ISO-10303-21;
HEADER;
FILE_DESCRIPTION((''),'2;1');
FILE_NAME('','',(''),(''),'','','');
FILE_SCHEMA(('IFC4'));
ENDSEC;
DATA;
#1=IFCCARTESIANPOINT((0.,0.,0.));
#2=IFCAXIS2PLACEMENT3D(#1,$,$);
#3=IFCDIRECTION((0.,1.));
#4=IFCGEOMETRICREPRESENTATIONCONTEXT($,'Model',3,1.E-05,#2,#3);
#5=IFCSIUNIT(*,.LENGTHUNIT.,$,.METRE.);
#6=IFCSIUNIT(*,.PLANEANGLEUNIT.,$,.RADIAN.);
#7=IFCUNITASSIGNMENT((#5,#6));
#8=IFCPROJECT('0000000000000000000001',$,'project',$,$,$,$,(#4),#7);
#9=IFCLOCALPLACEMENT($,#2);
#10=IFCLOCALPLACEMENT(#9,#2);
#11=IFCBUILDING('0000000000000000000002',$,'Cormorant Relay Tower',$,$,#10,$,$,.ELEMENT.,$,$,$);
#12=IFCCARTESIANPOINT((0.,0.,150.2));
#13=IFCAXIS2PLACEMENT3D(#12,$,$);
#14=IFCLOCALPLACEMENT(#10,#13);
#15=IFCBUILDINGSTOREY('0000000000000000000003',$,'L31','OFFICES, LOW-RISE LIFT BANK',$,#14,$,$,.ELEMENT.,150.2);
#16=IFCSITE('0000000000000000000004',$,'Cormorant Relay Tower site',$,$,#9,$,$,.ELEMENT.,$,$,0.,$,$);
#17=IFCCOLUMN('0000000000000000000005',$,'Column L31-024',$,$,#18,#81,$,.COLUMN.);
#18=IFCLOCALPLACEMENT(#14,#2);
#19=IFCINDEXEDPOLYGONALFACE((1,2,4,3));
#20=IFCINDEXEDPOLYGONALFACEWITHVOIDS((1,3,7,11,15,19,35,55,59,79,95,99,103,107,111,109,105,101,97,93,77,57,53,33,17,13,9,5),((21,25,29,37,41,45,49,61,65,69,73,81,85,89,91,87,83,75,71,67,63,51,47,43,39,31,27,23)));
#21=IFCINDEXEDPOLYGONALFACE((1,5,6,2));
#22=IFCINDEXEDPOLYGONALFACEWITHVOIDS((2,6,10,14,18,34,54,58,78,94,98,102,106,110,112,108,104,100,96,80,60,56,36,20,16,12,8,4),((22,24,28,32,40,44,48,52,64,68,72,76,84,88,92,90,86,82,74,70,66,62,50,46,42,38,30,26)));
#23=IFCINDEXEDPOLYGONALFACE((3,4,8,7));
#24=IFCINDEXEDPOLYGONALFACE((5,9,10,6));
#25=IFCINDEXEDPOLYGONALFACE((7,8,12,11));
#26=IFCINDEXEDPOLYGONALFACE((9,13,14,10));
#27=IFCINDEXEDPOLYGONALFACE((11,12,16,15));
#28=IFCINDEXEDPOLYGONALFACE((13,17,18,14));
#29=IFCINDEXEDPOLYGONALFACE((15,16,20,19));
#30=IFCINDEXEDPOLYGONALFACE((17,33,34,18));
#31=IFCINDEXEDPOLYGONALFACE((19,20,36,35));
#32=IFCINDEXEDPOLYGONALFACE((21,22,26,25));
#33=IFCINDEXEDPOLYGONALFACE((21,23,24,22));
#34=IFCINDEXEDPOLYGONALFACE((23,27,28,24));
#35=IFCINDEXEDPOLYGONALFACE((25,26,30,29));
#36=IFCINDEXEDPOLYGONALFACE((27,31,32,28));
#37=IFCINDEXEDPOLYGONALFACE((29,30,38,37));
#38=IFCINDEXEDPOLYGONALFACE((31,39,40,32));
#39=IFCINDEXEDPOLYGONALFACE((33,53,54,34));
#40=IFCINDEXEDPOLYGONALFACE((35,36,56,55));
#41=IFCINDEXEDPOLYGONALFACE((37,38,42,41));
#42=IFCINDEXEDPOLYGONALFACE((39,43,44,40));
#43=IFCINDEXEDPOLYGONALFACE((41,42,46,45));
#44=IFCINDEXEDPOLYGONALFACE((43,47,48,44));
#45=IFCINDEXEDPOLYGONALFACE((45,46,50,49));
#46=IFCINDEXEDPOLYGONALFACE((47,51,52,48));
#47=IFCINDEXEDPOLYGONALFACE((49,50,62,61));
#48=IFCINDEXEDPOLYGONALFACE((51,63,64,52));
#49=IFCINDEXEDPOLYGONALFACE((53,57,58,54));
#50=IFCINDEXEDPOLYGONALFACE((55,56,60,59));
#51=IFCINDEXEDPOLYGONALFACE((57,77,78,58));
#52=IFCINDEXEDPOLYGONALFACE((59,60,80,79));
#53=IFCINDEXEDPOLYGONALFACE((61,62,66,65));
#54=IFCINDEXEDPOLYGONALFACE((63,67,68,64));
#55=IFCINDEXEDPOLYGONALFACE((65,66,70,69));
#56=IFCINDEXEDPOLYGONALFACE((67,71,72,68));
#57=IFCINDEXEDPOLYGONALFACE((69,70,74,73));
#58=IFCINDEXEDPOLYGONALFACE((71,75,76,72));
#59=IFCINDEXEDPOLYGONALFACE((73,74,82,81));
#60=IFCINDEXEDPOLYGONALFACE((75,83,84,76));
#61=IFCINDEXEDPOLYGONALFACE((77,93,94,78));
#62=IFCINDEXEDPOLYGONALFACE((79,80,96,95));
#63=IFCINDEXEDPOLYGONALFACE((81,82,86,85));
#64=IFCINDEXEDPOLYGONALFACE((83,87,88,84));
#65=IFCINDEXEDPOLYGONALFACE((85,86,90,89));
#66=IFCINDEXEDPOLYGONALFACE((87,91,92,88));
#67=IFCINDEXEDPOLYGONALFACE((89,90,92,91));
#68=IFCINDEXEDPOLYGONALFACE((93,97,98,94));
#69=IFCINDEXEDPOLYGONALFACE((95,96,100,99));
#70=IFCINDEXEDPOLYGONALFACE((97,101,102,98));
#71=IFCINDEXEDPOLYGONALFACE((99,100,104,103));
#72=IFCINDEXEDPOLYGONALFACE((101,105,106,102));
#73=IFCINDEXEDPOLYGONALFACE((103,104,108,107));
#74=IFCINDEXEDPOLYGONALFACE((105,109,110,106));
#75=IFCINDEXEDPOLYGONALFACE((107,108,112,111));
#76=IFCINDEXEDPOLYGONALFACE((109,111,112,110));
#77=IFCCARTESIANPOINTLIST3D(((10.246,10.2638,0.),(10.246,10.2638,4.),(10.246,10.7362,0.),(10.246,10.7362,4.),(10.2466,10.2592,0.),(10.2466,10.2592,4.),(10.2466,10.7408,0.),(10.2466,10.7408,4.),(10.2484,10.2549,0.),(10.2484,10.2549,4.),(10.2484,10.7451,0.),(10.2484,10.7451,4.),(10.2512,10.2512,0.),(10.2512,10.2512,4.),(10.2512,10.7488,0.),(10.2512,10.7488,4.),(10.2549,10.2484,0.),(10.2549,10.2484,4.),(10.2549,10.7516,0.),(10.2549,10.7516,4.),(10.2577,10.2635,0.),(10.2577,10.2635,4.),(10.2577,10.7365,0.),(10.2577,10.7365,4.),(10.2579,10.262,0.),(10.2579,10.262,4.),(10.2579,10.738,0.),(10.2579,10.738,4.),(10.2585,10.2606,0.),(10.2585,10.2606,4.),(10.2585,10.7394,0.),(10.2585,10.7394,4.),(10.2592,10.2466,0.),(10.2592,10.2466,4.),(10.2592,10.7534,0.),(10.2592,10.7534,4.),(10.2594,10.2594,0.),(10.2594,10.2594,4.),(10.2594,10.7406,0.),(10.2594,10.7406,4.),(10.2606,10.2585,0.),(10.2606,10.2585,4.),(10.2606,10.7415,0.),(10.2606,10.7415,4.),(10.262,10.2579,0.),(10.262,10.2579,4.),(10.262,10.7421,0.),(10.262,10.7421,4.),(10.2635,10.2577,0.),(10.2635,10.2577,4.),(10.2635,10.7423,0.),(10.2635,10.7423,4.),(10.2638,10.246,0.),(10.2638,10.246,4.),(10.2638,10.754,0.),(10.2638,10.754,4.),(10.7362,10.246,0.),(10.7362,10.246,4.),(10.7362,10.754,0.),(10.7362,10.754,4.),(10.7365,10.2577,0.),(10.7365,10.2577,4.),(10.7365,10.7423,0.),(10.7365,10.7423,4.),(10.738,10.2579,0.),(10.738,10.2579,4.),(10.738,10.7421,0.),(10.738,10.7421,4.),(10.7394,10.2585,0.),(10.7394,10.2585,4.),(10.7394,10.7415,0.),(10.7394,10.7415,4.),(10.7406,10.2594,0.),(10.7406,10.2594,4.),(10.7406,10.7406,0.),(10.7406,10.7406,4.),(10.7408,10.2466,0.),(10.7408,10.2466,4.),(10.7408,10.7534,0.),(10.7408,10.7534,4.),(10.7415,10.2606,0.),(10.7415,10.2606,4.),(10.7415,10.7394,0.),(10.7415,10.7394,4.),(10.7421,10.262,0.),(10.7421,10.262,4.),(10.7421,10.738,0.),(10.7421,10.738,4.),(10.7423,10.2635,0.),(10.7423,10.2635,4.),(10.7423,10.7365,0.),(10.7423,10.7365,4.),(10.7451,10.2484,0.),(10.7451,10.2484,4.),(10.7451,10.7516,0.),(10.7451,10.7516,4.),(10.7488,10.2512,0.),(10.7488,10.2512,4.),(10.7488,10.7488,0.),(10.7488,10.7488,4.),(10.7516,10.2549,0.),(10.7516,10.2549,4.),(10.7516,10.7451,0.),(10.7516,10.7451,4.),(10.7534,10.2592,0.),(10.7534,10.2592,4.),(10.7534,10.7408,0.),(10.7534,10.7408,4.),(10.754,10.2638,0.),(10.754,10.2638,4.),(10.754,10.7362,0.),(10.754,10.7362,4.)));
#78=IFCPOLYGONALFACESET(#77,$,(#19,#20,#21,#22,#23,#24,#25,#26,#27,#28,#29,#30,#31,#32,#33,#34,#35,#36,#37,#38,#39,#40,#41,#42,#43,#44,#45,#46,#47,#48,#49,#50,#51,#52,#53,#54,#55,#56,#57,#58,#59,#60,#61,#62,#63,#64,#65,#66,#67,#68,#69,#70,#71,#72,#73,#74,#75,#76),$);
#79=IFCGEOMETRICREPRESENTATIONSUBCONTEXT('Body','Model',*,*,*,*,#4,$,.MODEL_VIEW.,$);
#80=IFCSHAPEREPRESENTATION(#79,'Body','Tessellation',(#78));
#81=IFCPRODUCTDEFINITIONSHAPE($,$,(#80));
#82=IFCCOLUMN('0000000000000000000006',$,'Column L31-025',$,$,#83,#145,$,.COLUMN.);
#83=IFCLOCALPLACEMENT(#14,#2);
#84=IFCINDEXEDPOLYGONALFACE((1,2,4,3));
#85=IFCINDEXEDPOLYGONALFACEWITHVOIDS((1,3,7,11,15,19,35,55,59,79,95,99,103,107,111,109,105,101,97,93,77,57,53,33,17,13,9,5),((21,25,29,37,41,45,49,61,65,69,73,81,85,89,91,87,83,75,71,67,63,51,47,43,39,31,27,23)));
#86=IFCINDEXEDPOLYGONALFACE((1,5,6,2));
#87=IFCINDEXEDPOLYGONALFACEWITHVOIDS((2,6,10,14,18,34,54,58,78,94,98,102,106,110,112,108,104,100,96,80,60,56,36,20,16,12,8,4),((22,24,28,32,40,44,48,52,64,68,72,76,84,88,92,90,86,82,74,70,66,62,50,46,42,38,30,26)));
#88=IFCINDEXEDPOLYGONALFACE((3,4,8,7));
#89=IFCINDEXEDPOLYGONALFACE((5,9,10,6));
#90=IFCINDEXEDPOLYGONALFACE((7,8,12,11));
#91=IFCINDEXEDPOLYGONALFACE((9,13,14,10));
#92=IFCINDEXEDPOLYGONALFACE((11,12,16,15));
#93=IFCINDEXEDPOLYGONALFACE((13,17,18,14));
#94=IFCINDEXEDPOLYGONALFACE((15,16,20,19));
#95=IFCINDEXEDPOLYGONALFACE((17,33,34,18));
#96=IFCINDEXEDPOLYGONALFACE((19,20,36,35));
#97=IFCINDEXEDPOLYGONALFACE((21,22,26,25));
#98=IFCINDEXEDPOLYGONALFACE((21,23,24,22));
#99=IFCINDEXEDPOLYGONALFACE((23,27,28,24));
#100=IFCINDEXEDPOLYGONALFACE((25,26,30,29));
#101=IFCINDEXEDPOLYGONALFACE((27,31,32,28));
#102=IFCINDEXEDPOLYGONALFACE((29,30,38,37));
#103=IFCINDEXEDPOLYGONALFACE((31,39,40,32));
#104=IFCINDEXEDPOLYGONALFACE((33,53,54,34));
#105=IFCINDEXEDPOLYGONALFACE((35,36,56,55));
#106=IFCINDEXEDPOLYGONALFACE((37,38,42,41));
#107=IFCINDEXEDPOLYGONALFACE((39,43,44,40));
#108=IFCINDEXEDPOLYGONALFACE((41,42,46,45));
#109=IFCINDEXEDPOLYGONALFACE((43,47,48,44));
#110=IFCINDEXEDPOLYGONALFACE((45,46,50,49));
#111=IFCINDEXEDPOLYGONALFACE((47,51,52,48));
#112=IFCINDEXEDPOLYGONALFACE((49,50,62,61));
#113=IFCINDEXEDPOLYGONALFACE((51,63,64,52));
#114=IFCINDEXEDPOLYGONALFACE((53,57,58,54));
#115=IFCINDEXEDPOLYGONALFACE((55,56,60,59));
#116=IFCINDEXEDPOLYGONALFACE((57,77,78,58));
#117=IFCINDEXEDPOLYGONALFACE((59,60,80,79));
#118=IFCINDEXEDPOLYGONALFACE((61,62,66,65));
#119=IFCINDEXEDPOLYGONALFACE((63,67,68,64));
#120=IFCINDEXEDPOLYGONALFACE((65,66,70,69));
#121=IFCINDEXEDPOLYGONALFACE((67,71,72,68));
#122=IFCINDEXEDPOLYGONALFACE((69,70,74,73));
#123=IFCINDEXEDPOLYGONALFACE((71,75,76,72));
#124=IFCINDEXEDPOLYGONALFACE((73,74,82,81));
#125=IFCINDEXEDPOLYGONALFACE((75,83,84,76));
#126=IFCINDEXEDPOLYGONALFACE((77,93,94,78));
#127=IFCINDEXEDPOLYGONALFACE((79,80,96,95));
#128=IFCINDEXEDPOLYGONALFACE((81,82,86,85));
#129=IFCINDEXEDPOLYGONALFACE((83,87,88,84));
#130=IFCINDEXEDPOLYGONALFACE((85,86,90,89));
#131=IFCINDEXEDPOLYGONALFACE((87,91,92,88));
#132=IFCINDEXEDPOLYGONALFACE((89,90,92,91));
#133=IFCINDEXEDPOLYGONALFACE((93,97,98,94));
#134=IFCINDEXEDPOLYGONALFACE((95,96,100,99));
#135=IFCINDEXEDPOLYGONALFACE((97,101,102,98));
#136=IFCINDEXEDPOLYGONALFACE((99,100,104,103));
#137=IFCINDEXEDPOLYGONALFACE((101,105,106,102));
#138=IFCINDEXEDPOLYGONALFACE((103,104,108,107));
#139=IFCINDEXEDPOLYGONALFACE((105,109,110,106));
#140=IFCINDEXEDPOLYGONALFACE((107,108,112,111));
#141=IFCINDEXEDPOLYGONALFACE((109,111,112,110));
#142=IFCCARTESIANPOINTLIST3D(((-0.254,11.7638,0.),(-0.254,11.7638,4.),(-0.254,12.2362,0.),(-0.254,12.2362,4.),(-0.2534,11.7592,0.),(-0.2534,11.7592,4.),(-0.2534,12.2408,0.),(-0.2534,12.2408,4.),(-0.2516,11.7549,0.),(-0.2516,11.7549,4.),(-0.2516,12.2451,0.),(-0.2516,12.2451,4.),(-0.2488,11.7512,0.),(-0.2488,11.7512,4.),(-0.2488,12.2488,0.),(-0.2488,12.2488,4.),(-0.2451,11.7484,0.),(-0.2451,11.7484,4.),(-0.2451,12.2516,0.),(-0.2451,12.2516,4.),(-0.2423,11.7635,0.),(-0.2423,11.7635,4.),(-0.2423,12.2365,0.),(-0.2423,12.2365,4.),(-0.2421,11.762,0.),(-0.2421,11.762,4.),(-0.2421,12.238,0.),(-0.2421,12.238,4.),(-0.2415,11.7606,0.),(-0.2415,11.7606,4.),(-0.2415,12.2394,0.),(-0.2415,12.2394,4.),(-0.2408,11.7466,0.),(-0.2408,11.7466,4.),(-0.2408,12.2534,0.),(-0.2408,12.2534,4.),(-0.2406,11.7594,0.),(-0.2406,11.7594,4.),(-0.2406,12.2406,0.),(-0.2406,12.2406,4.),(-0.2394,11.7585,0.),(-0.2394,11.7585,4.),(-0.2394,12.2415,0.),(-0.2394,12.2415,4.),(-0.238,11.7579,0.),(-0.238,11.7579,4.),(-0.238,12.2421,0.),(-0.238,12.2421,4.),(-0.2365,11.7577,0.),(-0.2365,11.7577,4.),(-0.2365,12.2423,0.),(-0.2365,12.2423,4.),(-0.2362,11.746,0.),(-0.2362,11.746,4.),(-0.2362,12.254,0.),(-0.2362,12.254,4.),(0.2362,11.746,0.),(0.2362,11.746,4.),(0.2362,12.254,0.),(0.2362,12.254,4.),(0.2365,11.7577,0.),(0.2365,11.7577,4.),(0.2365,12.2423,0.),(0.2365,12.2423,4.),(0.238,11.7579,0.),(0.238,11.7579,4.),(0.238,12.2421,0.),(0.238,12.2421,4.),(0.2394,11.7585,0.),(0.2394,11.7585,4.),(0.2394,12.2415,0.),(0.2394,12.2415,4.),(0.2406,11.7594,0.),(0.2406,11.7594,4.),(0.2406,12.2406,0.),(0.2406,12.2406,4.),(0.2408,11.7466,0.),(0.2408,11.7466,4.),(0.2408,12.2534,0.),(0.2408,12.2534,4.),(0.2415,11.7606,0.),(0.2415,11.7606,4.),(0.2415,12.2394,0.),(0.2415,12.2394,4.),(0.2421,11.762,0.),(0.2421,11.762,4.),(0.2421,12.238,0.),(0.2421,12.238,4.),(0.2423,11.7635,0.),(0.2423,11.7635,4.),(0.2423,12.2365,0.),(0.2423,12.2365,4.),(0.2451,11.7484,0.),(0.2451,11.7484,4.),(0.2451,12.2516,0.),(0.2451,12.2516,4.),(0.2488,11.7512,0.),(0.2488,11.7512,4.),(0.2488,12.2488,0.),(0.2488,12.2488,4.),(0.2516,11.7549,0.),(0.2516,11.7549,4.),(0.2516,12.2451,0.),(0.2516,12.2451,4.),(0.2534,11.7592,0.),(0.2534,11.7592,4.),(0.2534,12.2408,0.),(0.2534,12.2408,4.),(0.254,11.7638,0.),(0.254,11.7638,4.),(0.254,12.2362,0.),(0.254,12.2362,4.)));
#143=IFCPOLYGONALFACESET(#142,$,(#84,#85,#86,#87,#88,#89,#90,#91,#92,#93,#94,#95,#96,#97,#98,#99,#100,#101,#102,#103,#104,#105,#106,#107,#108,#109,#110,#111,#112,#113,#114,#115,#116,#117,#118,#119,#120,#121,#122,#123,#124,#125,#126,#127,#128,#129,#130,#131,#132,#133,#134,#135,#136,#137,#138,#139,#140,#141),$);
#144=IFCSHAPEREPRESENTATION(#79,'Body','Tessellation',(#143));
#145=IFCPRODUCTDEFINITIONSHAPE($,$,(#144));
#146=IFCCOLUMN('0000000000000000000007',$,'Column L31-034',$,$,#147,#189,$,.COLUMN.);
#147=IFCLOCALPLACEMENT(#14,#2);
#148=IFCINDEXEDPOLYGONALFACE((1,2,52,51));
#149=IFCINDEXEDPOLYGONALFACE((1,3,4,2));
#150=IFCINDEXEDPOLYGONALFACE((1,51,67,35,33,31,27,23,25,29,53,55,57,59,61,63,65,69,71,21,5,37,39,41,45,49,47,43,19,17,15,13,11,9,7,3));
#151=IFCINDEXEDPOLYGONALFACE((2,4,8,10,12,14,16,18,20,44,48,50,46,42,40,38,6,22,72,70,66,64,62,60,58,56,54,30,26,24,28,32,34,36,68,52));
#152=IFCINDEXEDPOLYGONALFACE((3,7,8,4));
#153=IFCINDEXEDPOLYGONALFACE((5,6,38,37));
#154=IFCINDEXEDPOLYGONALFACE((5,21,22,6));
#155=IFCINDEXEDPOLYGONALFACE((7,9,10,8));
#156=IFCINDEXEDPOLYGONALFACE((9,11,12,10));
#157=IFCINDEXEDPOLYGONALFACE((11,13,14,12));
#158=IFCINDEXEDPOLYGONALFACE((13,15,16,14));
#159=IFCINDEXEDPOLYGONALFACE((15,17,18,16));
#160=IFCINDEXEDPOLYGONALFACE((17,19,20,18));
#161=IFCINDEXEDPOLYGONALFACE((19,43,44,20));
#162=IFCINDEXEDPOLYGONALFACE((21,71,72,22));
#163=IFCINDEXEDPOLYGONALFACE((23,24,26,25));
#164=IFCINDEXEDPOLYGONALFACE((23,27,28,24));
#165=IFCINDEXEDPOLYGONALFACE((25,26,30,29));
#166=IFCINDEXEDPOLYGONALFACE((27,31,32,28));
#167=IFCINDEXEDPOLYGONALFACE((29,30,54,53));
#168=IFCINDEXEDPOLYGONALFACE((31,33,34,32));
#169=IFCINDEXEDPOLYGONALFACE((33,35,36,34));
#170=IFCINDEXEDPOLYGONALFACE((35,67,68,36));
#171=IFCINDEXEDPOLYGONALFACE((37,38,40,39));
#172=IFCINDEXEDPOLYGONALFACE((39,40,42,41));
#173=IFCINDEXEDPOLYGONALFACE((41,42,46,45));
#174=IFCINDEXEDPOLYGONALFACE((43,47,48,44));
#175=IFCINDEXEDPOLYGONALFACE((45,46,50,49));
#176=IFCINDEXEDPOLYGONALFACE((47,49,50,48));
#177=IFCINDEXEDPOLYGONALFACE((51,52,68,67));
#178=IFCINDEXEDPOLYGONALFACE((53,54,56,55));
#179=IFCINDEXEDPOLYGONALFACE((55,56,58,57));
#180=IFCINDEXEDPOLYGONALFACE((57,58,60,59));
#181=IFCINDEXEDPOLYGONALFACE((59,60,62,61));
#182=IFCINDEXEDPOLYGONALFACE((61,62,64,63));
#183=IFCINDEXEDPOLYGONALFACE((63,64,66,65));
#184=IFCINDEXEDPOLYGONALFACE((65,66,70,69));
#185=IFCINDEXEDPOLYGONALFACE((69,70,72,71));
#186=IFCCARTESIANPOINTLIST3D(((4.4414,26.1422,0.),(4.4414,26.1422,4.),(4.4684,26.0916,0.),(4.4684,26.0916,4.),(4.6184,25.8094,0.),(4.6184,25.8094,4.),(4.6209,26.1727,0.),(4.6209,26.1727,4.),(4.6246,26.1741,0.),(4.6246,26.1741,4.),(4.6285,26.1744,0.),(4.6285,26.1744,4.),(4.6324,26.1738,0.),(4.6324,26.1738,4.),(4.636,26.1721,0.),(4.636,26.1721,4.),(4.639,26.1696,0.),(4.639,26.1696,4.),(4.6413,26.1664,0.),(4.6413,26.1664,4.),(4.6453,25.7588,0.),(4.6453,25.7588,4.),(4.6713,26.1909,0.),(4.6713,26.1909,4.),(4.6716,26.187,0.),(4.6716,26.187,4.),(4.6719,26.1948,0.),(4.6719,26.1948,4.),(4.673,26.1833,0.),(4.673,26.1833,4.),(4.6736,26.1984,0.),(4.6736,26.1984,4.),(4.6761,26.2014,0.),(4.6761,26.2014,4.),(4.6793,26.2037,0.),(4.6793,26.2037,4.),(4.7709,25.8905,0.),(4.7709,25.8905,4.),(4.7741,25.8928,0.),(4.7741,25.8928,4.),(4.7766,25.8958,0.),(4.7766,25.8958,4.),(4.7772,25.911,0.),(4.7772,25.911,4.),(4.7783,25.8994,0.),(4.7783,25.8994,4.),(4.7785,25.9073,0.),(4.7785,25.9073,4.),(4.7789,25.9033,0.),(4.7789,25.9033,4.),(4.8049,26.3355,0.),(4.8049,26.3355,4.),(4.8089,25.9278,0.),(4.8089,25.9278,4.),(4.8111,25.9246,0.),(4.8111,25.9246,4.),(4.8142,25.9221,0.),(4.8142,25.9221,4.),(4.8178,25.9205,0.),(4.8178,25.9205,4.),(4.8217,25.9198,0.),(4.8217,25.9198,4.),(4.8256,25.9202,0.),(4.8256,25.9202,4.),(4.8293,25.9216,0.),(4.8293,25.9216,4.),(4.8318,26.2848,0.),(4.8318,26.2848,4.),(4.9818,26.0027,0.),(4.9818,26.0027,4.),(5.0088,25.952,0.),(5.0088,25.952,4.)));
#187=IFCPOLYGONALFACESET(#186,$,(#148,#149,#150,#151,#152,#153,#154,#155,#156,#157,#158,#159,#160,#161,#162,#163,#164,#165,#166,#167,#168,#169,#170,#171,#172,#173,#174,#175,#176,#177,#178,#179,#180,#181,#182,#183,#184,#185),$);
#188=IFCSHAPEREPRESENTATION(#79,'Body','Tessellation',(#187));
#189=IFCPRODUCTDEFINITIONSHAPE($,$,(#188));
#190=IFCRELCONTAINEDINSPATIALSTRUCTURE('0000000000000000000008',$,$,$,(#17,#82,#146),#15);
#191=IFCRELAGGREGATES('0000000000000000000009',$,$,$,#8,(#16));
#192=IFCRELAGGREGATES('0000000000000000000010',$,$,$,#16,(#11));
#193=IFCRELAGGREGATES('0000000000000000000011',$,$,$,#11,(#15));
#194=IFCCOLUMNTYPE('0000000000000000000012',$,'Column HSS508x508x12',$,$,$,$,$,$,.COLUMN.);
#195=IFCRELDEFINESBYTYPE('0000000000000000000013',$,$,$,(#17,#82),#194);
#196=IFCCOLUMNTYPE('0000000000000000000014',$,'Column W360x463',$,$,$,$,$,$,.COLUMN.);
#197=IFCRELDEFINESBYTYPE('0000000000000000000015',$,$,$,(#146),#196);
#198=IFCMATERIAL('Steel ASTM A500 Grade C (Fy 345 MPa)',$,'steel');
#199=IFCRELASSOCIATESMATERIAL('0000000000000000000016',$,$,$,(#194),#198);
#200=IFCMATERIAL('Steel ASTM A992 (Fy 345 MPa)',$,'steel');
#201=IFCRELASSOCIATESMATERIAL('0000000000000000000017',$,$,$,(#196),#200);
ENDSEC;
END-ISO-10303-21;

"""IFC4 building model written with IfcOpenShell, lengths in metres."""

from ifc_helpers import new_model, si_unit, direction, frame, origin, origin_2d, place, context, subcontext, project, spatial, hollow_rectangle, i_section, extrude, material, material_profile, profile_set, type_object, element, save


model = new_model("IFC4")

# Units and contexts
model_context = context("Model", 3, precision=1e-05, world=origin(), true_north=direction((0.0, 1.0)))
body_context = subcontext(model_context, "Body", "Model", "MODEL_VIEW")
ifc_project = project(units=[si_unit("LENGTHUNIT", "METRE"), si_unit("PLANEANGLEUNIT", "RADIAN")], contexts=[model_context])

# Site, building, storey
site_placement = place(None, origin())
site = spatial("IfcSite", under=ifc_project, at=site_placement, Name="Cormorant Relay Tower site", CompositionType="ELEMENT", RefElevation=0.0)
building_placement = place(site_placement, origin())
building = spatial("IfcBuilding", under=site, at=building_placement, Name="Cormorant Relay Tower", CompositionType="ELEMENT")
storey_placement = place(building_placement, frame((0.0, 0.0, 150.2)))
storey = spatial("IfcBuildingStorey", under=building, at=storey_placement, Name="L31", Description="OFFICES, LOW-RISE LIFT BANK", CompositionType="ELEMENT", Elevation=150.2)

# Columns
ifc_material_1 = material(Name="Steel ASTM A500 Grade C (Fy 345 MPa)", Category="steel")
ifc_material_profile_1 = material_profile(ifc_material_1, hollow_rectangle(XDim=0.5081, YDim=0.5081, WallThickness=0.0117, InnerFilletRadius=0.0059, OuterFilletRadius=0.0178, at=origin_2d()), Name="HSS508x508x12")
ifc_profile_set_1 = profile_set([ifc_material_profile_1], Name="Steel ASTM A500 Grade C (Fy 345 MPa)")
column_type_1 = type_object("IfcColumnType", Name="Column HSS508x508x12", PredefinedType="COLUMN", material=ifc_profile_set_1)
for number, where, z_axis, x_axis, name in (
    (1, (10.5, 10.5, 0.0), (0.0, 0.0, 1.0), (1.0, 0.0, 0.0), "Column L31-024"),
    (2, (0.0, 12.0, 0.0), (0.0, 0.0, 1.0), (1.0, 0.0, 0.0), "Column L31-025"),
):
    element("IfcColumn", number, at=place(storey_placement, frame(where, z_axis=z_axis, x_axis=x_axis)), inside=storey, type_object=column_type_1, Name=name, PredefinedType="COLUMN", context=body_context, shape_type="SweptSolid", body=[
        extrude(hollow_rectangle(XDim=0.5081, YDim=0.5081, WallThickness=0.0117, InnerFilletRadius=0.0059, OuterFilletRadius=0.0178, at=origin_2d()), origin(), (0.0, 0.0, 1.0), 4.0),
    ])
ifc_material_2 = material(Name="Steel ASTM A992 (Fy 345 MPa)", Category="steel")
ifc_material_profile_2 = material_profile(ifc_material_2, i_section(OverallWidth=0.4116, OverallDepth=0.4343, WebThickness=0.0359, FlangeThickness=0.0574, FilletRadius=0.0151, at=origin_2d()), Name="W360x463")
ifc_profile_set_2 = profile_set([ifc_material_profile_2], Name="Steel ASTM A992 (Fy 345 MPa)")
column_type_2 = type_object("IfcColumnType", Name="Column W360x463", PredefinedType="COLUMN", material=ifc_profile_set_2)
for number, where, z_axis, x_axis, name in (
    (3, (4.7251, 26.0471, 0.0), (0.0, 0.0, 1.0), (-0.882948, -0.469472, 0.0), "Column L31-034"),
):
    element("IfcColumn", number, at=place(storey_placement, frame(where, z_axis=z_axis, x_axis=x_axis)), inside=storey, type_object=column_type_2, Name=name, PredefinedType="COLUMN", context=body_context, shape_type="SweptSolid", body=[
        extrude(i_section(OverallWidth=0.4116, OverallDepth=0.4343, WebThickness=0.0359, FlangeThickness=0.0574, FilletRadius=0.0151, at=origin_2d()), origin(), (0.0, 0.0, 1.0), 4.0),
    ])

save(model, "model.ifc")
